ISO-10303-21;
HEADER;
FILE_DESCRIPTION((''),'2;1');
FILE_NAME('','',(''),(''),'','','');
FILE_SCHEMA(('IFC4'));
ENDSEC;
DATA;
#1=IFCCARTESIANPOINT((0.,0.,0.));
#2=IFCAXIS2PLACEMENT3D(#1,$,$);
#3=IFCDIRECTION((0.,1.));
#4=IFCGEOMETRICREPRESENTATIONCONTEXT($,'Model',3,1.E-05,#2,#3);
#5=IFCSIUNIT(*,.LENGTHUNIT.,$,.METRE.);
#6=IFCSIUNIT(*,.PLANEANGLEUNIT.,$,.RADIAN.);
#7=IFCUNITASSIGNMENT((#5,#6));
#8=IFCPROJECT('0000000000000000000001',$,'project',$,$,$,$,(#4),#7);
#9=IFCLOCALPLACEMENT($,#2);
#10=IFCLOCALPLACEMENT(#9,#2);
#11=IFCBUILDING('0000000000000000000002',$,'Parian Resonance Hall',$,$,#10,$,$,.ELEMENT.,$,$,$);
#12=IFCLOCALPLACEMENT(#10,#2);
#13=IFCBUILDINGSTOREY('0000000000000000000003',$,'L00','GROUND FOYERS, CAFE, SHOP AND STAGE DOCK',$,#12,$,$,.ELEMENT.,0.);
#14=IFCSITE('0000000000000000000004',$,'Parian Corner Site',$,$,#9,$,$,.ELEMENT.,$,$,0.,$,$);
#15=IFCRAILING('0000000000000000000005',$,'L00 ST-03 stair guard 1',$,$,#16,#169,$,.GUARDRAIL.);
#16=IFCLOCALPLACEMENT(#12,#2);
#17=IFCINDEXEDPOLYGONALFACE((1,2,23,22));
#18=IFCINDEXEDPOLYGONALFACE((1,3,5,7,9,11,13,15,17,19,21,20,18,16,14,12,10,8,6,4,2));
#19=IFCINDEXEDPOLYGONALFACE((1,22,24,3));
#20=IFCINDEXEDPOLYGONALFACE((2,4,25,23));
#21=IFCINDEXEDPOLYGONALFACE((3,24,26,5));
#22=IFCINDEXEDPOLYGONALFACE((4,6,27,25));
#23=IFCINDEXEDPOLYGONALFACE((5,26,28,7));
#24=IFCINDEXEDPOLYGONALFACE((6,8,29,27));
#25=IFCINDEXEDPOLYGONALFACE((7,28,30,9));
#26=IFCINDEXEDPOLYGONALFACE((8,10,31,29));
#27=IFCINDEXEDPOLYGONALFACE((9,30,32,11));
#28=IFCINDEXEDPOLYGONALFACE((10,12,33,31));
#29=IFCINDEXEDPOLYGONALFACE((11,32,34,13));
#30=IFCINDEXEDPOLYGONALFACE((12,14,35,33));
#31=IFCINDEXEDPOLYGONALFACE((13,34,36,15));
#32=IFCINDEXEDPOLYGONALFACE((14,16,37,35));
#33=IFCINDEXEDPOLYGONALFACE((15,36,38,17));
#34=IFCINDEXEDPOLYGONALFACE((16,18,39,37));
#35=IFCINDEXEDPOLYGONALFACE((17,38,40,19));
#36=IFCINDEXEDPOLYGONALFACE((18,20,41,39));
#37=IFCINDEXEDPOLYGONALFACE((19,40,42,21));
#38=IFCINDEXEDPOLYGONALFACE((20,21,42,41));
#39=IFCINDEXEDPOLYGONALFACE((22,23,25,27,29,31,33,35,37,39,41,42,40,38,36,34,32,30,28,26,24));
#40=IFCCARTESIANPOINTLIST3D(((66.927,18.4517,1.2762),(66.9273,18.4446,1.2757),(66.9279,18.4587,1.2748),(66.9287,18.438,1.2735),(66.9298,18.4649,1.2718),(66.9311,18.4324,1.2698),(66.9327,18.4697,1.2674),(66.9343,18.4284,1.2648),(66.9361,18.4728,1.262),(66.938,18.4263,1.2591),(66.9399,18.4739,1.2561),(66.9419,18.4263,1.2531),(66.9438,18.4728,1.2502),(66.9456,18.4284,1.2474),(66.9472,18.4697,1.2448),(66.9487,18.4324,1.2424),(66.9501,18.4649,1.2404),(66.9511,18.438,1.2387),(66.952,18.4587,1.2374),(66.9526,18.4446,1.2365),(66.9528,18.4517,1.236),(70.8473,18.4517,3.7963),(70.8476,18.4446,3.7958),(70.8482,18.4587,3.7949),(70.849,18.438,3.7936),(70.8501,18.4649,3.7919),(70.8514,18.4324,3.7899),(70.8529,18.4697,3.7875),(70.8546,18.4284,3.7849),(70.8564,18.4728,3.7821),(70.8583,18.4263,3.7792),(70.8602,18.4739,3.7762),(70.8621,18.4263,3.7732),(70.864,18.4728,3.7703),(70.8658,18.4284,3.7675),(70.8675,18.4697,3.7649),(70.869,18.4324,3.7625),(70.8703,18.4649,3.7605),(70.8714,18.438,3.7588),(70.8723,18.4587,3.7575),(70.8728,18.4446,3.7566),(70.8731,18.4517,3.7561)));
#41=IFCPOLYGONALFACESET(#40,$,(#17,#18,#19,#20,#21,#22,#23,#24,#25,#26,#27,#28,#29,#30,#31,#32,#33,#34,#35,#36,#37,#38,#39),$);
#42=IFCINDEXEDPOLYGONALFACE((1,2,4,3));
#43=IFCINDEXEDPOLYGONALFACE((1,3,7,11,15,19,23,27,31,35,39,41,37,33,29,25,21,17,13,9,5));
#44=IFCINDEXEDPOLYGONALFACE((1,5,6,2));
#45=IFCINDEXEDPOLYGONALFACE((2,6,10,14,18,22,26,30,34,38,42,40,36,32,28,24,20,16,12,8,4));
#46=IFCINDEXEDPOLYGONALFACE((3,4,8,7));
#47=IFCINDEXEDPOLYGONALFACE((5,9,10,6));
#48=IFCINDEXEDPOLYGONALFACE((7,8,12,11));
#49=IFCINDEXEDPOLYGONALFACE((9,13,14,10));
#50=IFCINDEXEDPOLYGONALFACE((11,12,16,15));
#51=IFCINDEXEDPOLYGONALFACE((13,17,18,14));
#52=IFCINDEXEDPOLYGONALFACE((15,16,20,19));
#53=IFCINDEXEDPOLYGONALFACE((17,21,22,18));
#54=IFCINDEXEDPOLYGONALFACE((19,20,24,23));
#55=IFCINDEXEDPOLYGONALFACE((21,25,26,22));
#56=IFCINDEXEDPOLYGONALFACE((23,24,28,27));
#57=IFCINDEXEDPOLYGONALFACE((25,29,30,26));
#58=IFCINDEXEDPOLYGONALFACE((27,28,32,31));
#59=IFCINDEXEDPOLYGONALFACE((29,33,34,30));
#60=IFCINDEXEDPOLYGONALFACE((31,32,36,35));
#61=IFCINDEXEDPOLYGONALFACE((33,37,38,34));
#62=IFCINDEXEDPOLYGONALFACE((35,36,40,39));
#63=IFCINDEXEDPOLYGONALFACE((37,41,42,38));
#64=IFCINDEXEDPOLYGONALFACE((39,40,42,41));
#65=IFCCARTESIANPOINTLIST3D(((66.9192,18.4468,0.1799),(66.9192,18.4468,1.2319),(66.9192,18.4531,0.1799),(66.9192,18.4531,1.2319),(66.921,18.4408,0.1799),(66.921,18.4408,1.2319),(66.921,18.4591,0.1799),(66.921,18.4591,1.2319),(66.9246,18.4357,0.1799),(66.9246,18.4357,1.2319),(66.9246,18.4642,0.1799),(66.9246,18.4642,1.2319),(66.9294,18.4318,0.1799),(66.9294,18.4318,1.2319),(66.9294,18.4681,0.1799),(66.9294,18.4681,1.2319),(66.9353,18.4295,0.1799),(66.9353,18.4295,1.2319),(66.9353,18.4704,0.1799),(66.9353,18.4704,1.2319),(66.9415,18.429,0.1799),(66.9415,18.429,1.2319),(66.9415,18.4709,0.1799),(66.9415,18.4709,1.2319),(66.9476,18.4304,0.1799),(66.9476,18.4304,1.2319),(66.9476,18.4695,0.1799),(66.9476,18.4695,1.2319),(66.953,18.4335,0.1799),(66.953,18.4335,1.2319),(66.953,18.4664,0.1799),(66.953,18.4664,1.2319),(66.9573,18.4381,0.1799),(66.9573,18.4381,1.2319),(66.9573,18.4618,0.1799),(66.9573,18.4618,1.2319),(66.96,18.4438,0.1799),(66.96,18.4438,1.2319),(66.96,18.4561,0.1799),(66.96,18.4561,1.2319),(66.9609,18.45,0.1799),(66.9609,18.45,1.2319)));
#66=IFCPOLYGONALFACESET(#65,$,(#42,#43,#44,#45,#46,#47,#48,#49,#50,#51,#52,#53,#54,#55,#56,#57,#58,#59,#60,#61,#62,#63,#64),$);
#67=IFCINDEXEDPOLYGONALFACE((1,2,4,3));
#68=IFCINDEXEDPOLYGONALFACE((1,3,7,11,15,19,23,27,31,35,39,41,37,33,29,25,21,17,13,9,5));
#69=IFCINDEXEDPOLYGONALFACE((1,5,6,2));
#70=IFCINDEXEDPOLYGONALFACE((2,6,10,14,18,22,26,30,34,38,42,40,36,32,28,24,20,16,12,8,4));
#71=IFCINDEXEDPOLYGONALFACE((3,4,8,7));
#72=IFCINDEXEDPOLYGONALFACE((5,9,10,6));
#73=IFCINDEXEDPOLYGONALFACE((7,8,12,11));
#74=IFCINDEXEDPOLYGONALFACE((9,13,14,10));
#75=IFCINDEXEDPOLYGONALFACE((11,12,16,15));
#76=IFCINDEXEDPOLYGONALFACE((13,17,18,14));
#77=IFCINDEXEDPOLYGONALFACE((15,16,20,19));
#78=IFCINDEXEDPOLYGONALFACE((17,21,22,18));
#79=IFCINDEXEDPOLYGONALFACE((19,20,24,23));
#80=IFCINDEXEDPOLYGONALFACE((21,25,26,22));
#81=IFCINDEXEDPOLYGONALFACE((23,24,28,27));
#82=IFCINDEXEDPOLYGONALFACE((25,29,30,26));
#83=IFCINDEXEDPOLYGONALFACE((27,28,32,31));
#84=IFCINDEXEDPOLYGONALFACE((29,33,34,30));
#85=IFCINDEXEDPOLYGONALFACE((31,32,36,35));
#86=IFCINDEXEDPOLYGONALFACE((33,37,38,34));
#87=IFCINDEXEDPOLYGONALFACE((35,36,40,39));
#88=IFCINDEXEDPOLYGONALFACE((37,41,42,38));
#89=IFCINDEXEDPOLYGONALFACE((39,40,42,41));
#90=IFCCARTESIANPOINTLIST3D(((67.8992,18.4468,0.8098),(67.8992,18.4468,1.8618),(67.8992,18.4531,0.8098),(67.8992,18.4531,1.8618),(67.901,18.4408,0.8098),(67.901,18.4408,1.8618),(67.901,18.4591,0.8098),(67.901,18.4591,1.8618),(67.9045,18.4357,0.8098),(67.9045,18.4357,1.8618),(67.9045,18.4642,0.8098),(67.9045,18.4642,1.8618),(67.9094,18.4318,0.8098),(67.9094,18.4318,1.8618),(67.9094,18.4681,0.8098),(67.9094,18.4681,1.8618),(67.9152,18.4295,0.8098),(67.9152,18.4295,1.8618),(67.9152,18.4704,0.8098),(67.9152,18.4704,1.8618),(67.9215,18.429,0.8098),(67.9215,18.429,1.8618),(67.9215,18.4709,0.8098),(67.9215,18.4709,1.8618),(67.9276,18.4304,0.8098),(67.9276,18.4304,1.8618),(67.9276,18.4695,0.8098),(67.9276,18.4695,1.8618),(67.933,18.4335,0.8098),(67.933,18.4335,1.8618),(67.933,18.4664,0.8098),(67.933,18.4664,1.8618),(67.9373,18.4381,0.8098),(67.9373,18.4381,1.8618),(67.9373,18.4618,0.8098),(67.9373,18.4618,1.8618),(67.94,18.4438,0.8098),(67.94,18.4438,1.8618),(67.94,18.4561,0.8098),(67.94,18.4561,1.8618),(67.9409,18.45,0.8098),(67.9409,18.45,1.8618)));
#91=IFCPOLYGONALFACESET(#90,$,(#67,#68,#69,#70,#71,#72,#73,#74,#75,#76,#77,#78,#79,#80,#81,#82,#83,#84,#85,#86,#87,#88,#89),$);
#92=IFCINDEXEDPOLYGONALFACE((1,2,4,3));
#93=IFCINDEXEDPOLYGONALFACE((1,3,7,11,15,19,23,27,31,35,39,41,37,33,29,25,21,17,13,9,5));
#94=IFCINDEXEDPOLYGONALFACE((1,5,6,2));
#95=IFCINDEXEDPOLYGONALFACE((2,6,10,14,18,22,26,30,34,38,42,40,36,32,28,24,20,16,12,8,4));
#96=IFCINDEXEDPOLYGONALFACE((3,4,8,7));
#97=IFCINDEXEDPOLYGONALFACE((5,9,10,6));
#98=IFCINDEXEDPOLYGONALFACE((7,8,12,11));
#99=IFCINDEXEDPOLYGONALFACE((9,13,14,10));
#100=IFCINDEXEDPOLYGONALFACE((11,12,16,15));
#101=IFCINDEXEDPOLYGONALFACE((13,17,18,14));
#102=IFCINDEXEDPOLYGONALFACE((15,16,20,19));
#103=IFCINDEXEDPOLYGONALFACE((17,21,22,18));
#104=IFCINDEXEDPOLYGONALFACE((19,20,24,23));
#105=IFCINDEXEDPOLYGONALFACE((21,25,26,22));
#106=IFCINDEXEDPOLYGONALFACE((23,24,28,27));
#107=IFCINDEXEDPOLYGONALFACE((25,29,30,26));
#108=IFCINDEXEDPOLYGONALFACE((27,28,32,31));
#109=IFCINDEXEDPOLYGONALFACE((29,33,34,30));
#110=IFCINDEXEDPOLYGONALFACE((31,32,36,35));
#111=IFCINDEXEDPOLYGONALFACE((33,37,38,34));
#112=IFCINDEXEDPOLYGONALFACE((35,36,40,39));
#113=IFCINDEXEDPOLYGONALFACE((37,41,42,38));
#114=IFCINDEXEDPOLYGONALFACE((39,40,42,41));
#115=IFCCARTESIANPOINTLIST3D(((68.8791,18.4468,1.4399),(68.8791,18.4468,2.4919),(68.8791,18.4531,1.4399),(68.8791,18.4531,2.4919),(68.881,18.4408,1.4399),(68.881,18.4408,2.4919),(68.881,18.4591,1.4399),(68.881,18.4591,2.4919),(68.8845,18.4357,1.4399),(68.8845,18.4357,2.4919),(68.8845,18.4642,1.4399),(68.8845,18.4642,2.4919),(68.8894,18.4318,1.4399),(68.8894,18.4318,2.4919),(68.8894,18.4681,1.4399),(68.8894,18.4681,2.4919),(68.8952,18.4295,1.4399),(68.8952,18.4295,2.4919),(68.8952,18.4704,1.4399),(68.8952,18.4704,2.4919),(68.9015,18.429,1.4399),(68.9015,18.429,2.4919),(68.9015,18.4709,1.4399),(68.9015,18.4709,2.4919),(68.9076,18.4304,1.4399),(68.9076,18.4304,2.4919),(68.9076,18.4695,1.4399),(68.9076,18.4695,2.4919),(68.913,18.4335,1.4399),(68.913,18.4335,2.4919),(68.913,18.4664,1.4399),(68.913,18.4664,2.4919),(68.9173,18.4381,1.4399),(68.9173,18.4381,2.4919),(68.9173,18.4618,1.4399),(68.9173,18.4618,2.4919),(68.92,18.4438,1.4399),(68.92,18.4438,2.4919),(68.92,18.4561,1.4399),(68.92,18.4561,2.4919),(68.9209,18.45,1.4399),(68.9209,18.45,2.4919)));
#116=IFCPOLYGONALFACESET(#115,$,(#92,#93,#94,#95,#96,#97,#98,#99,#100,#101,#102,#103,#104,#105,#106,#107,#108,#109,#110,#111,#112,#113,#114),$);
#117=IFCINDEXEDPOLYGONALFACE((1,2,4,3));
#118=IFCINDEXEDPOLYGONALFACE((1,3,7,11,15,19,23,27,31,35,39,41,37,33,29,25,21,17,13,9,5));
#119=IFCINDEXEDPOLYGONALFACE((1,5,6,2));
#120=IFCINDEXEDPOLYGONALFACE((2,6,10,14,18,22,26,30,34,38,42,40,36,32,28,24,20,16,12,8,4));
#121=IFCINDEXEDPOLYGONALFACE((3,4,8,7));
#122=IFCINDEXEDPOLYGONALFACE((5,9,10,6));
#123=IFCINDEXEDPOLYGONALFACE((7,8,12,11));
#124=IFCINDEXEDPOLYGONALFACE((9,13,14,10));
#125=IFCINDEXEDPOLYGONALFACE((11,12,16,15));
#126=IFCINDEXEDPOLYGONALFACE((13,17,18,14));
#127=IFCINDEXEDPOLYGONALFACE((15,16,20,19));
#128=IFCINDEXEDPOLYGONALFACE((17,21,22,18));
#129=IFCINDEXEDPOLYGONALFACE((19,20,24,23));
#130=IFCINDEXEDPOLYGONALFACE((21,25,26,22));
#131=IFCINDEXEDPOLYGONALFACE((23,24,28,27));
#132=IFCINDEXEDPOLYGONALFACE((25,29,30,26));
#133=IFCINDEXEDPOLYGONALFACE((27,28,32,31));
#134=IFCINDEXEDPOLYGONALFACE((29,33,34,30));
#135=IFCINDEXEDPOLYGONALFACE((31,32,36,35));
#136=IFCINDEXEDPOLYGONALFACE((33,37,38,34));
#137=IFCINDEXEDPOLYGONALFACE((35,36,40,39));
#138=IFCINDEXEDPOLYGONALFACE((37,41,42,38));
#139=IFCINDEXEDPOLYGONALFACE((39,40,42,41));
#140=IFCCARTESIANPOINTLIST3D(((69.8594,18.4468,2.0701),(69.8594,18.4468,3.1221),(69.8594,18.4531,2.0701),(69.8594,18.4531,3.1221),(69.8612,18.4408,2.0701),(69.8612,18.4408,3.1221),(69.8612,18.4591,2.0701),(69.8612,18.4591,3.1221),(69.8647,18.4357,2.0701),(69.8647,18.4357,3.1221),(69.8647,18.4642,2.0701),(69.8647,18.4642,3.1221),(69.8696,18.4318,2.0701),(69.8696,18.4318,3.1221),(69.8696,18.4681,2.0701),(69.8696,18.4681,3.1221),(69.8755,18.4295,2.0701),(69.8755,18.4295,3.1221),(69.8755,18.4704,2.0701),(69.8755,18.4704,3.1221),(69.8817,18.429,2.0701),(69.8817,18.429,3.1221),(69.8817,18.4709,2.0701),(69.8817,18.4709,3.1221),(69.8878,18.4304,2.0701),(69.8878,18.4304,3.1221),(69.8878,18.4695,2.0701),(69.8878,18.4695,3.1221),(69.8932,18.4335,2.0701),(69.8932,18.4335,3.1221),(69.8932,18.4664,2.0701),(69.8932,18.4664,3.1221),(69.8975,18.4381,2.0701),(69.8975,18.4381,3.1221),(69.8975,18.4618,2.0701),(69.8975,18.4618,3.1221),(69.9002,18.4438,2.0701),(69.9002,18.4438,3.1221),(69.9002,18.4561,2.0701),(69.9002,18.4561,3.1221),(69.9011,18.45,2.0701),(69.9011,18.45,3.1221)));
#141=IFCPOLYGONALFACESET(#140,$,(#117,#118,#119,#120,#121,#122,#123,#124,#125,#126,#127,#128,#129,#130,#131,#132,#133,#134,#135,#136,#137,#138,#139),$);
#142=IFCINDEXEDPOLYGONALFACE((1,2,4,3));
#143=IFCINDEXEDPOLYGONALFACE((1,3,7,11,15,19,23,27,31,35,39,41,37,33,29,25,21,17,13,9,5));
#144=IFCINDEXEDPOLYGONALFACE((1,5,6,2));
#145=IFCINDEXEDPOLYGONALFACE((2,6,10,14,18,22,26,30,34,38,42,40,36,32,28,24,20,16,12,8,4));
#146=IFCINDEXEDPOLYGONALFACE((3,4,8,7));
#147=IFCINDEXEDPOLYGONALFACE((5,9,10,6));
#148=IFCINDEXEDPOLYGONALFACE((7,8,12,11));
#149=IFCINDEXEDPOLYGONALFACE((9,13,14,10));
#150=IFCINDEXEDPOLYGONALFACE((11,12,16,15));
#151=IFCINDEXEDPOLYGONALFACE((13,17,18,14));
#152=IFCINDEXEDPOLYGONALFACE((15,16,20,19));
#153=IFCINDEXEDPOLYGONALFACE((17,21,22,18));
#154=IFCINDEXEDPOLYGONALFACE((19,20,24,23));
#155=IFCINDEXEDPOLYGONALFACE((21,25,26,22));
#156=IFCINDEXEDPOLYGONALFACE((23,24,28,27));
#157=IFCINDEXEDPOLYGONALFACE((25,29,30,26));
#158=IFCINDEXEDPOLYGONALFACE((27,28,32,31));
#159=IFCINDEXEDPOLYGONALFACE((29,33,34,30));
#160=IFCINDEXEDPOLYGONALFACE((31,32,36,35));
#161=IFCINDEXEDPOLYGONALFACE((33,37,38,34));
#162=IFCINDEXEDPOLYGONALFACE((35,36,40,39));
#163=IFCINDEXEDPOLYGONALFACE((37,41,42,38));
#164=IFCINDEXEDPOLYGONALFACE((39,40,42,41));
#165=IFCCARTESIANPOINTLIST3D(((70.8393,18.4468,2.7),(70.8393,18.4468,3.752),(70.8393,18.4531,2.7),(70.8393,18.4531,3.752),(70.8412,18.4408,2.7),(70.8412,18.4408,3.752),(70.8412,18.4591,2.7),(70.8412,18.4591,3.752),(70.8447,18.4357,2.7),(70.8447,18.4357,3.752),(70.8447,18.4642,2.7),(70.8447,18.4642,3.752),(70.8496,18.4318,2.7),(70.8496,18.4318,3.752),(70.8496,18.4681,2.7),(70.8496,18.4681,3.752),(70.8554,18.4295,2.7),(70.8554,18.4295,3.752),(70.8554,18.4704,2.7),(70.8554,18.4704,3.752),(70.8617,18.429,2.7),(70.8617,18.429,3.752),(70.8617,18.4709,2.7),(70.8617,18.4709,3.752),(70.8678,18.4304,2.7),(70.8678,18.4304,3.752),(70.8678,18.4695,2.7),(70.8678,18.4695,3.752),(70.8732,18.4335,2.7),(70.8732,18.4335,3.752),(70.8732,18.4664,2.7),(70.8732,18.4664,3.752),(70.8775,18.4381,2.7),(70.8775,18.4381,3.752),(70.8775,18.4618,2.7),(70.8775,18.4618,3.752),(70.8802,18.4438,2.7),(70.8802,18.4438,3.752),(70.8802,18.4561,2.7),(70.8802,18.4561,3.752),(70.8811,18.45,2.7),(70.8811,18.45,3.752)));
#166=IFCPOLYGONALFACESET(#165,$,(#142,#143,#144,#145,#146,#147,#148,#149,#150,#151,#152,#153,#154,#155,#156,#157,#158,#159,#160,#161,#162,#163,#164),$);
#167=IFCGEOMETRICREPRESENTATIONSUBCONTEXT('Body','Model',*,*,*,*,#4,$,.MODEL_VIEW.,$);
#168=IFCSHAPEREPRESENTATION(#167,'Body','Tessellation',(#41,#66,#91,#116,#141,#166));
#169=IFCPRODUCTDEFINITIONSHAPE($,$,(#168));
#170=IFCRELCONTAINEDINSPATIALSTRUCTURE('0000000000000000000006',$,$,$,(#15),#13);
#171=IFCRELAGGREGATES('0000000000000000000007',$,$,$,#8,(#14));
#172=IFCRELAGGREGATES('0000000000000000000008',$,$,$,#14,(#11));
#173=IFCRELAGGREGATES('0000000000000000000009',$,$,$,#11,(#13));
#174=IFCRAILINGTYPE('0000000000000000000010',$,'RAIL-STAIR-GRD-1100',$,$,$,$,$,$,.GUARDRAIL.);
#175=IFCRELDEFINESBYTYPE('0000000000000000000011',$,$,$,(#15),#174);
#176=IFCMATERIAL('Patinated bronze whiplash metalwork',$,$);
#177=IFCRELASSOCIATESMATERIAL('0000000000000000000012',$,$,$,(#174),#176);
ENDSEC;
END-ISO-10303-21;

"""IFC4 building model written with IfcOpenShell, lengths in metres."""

from ifc_helpers import new_model, si_unit, direction, frame, origin, origin_2d, place, context, subcontext, project, spatial, circle, extrude, material, type_object, element, save


model = new_model("IFC4")

# Units and contexts
model_context = context("Model", 3, precision=1e-05, world=origin(), true_north=direction((0.0, 1.0)))
body_context = subcontext(model_context, "Body", "Model", "MODEL_VIEW")
ifc_project = project(units=[si_unit("LENGTHUNIT", "METRE"), si_unit("PLANEANGLEUNIT", "RADIAN")], contexts=[model_context])

# Site, building, storey
site_placement = place(None, origin())
site = spatial("IfcSite", under=ifc_project, at=site_placement, Name="Parian Corner Site", CompositionType="ELEMENT", RefElevation=0.0)
building_placement = place(site_placement, origin())
building = spatial("IfcBuilding", under=site, at=building_placement, Name="Parian Resonance Hall", CompositionType="ELEMENT")
storey_placement = place(building_placement, origin())
storey = spatial("IfcBuildingStorey", under=building, at=storey_placement, Name="L00", Description="GROUND FOYERS, CAFE, SHOP AND STAGE DOCK", CompositionType="ELEMENT", Elevation=0.0)

# Railing
ifc_material_1 = material(Name="Patinated bronze whiplash metalwork")
railing_type_1 = type_object("IfcRailingType", Name="RAIL-STAIR-GRD-1100", PredefinedType="GUARDRAIL", material=ifc_material_1)
railing_1_placement = place(storey_placement, frame((66.9399, 18.45, 0.1799)))
element("IfcRailing", 1, at=railing_1_placement, inside=storey, type_object=railing_type_1, Name="L00 ST-03 stair guard 1", PredefinedType="GUARDRAIL", context=body_context, shape_type="SweptSolid", body=[
    extrude(circle(Radius=0.0239, at=origin_2d()), frame((0.0, 0.0, 1.0762), z_axis=(0.841187, 0.0, 0.540744), x_axis=(0.0, 1.0, 0.0)), (0.0, 0.0, 1.0), 4.6604),
    extrude(circle(Radius=0.021, at=origin_2d()), origin(), (0.0, 0.0, 1.0), 1.052),
    extrude(circle(Radius=0.021, at=origin_2d()), frame((0.98, 0.0, 0.6299)), (0.0, 0.0, 1.0), 1.052),
    extrude(circle(Radius=0.021, at=origin_2d()), frame((1.96, 0.0, 1.26)), (0.0, 0.0, 1.0), 1.052),
    extrude(circle(Radius=0.021, at=origin_2d()), frame((2.9402, 0.0, 1.8901)), (0.0, 0.0, 1.0), 1.052),
    extrude(circle(Radius=0.021, at=origin_2d()), frame((3.9202, 0.0, 2.52)), (0.0, 0.0, 1.0), 1.052),
])

save(model, "model.ifc")
